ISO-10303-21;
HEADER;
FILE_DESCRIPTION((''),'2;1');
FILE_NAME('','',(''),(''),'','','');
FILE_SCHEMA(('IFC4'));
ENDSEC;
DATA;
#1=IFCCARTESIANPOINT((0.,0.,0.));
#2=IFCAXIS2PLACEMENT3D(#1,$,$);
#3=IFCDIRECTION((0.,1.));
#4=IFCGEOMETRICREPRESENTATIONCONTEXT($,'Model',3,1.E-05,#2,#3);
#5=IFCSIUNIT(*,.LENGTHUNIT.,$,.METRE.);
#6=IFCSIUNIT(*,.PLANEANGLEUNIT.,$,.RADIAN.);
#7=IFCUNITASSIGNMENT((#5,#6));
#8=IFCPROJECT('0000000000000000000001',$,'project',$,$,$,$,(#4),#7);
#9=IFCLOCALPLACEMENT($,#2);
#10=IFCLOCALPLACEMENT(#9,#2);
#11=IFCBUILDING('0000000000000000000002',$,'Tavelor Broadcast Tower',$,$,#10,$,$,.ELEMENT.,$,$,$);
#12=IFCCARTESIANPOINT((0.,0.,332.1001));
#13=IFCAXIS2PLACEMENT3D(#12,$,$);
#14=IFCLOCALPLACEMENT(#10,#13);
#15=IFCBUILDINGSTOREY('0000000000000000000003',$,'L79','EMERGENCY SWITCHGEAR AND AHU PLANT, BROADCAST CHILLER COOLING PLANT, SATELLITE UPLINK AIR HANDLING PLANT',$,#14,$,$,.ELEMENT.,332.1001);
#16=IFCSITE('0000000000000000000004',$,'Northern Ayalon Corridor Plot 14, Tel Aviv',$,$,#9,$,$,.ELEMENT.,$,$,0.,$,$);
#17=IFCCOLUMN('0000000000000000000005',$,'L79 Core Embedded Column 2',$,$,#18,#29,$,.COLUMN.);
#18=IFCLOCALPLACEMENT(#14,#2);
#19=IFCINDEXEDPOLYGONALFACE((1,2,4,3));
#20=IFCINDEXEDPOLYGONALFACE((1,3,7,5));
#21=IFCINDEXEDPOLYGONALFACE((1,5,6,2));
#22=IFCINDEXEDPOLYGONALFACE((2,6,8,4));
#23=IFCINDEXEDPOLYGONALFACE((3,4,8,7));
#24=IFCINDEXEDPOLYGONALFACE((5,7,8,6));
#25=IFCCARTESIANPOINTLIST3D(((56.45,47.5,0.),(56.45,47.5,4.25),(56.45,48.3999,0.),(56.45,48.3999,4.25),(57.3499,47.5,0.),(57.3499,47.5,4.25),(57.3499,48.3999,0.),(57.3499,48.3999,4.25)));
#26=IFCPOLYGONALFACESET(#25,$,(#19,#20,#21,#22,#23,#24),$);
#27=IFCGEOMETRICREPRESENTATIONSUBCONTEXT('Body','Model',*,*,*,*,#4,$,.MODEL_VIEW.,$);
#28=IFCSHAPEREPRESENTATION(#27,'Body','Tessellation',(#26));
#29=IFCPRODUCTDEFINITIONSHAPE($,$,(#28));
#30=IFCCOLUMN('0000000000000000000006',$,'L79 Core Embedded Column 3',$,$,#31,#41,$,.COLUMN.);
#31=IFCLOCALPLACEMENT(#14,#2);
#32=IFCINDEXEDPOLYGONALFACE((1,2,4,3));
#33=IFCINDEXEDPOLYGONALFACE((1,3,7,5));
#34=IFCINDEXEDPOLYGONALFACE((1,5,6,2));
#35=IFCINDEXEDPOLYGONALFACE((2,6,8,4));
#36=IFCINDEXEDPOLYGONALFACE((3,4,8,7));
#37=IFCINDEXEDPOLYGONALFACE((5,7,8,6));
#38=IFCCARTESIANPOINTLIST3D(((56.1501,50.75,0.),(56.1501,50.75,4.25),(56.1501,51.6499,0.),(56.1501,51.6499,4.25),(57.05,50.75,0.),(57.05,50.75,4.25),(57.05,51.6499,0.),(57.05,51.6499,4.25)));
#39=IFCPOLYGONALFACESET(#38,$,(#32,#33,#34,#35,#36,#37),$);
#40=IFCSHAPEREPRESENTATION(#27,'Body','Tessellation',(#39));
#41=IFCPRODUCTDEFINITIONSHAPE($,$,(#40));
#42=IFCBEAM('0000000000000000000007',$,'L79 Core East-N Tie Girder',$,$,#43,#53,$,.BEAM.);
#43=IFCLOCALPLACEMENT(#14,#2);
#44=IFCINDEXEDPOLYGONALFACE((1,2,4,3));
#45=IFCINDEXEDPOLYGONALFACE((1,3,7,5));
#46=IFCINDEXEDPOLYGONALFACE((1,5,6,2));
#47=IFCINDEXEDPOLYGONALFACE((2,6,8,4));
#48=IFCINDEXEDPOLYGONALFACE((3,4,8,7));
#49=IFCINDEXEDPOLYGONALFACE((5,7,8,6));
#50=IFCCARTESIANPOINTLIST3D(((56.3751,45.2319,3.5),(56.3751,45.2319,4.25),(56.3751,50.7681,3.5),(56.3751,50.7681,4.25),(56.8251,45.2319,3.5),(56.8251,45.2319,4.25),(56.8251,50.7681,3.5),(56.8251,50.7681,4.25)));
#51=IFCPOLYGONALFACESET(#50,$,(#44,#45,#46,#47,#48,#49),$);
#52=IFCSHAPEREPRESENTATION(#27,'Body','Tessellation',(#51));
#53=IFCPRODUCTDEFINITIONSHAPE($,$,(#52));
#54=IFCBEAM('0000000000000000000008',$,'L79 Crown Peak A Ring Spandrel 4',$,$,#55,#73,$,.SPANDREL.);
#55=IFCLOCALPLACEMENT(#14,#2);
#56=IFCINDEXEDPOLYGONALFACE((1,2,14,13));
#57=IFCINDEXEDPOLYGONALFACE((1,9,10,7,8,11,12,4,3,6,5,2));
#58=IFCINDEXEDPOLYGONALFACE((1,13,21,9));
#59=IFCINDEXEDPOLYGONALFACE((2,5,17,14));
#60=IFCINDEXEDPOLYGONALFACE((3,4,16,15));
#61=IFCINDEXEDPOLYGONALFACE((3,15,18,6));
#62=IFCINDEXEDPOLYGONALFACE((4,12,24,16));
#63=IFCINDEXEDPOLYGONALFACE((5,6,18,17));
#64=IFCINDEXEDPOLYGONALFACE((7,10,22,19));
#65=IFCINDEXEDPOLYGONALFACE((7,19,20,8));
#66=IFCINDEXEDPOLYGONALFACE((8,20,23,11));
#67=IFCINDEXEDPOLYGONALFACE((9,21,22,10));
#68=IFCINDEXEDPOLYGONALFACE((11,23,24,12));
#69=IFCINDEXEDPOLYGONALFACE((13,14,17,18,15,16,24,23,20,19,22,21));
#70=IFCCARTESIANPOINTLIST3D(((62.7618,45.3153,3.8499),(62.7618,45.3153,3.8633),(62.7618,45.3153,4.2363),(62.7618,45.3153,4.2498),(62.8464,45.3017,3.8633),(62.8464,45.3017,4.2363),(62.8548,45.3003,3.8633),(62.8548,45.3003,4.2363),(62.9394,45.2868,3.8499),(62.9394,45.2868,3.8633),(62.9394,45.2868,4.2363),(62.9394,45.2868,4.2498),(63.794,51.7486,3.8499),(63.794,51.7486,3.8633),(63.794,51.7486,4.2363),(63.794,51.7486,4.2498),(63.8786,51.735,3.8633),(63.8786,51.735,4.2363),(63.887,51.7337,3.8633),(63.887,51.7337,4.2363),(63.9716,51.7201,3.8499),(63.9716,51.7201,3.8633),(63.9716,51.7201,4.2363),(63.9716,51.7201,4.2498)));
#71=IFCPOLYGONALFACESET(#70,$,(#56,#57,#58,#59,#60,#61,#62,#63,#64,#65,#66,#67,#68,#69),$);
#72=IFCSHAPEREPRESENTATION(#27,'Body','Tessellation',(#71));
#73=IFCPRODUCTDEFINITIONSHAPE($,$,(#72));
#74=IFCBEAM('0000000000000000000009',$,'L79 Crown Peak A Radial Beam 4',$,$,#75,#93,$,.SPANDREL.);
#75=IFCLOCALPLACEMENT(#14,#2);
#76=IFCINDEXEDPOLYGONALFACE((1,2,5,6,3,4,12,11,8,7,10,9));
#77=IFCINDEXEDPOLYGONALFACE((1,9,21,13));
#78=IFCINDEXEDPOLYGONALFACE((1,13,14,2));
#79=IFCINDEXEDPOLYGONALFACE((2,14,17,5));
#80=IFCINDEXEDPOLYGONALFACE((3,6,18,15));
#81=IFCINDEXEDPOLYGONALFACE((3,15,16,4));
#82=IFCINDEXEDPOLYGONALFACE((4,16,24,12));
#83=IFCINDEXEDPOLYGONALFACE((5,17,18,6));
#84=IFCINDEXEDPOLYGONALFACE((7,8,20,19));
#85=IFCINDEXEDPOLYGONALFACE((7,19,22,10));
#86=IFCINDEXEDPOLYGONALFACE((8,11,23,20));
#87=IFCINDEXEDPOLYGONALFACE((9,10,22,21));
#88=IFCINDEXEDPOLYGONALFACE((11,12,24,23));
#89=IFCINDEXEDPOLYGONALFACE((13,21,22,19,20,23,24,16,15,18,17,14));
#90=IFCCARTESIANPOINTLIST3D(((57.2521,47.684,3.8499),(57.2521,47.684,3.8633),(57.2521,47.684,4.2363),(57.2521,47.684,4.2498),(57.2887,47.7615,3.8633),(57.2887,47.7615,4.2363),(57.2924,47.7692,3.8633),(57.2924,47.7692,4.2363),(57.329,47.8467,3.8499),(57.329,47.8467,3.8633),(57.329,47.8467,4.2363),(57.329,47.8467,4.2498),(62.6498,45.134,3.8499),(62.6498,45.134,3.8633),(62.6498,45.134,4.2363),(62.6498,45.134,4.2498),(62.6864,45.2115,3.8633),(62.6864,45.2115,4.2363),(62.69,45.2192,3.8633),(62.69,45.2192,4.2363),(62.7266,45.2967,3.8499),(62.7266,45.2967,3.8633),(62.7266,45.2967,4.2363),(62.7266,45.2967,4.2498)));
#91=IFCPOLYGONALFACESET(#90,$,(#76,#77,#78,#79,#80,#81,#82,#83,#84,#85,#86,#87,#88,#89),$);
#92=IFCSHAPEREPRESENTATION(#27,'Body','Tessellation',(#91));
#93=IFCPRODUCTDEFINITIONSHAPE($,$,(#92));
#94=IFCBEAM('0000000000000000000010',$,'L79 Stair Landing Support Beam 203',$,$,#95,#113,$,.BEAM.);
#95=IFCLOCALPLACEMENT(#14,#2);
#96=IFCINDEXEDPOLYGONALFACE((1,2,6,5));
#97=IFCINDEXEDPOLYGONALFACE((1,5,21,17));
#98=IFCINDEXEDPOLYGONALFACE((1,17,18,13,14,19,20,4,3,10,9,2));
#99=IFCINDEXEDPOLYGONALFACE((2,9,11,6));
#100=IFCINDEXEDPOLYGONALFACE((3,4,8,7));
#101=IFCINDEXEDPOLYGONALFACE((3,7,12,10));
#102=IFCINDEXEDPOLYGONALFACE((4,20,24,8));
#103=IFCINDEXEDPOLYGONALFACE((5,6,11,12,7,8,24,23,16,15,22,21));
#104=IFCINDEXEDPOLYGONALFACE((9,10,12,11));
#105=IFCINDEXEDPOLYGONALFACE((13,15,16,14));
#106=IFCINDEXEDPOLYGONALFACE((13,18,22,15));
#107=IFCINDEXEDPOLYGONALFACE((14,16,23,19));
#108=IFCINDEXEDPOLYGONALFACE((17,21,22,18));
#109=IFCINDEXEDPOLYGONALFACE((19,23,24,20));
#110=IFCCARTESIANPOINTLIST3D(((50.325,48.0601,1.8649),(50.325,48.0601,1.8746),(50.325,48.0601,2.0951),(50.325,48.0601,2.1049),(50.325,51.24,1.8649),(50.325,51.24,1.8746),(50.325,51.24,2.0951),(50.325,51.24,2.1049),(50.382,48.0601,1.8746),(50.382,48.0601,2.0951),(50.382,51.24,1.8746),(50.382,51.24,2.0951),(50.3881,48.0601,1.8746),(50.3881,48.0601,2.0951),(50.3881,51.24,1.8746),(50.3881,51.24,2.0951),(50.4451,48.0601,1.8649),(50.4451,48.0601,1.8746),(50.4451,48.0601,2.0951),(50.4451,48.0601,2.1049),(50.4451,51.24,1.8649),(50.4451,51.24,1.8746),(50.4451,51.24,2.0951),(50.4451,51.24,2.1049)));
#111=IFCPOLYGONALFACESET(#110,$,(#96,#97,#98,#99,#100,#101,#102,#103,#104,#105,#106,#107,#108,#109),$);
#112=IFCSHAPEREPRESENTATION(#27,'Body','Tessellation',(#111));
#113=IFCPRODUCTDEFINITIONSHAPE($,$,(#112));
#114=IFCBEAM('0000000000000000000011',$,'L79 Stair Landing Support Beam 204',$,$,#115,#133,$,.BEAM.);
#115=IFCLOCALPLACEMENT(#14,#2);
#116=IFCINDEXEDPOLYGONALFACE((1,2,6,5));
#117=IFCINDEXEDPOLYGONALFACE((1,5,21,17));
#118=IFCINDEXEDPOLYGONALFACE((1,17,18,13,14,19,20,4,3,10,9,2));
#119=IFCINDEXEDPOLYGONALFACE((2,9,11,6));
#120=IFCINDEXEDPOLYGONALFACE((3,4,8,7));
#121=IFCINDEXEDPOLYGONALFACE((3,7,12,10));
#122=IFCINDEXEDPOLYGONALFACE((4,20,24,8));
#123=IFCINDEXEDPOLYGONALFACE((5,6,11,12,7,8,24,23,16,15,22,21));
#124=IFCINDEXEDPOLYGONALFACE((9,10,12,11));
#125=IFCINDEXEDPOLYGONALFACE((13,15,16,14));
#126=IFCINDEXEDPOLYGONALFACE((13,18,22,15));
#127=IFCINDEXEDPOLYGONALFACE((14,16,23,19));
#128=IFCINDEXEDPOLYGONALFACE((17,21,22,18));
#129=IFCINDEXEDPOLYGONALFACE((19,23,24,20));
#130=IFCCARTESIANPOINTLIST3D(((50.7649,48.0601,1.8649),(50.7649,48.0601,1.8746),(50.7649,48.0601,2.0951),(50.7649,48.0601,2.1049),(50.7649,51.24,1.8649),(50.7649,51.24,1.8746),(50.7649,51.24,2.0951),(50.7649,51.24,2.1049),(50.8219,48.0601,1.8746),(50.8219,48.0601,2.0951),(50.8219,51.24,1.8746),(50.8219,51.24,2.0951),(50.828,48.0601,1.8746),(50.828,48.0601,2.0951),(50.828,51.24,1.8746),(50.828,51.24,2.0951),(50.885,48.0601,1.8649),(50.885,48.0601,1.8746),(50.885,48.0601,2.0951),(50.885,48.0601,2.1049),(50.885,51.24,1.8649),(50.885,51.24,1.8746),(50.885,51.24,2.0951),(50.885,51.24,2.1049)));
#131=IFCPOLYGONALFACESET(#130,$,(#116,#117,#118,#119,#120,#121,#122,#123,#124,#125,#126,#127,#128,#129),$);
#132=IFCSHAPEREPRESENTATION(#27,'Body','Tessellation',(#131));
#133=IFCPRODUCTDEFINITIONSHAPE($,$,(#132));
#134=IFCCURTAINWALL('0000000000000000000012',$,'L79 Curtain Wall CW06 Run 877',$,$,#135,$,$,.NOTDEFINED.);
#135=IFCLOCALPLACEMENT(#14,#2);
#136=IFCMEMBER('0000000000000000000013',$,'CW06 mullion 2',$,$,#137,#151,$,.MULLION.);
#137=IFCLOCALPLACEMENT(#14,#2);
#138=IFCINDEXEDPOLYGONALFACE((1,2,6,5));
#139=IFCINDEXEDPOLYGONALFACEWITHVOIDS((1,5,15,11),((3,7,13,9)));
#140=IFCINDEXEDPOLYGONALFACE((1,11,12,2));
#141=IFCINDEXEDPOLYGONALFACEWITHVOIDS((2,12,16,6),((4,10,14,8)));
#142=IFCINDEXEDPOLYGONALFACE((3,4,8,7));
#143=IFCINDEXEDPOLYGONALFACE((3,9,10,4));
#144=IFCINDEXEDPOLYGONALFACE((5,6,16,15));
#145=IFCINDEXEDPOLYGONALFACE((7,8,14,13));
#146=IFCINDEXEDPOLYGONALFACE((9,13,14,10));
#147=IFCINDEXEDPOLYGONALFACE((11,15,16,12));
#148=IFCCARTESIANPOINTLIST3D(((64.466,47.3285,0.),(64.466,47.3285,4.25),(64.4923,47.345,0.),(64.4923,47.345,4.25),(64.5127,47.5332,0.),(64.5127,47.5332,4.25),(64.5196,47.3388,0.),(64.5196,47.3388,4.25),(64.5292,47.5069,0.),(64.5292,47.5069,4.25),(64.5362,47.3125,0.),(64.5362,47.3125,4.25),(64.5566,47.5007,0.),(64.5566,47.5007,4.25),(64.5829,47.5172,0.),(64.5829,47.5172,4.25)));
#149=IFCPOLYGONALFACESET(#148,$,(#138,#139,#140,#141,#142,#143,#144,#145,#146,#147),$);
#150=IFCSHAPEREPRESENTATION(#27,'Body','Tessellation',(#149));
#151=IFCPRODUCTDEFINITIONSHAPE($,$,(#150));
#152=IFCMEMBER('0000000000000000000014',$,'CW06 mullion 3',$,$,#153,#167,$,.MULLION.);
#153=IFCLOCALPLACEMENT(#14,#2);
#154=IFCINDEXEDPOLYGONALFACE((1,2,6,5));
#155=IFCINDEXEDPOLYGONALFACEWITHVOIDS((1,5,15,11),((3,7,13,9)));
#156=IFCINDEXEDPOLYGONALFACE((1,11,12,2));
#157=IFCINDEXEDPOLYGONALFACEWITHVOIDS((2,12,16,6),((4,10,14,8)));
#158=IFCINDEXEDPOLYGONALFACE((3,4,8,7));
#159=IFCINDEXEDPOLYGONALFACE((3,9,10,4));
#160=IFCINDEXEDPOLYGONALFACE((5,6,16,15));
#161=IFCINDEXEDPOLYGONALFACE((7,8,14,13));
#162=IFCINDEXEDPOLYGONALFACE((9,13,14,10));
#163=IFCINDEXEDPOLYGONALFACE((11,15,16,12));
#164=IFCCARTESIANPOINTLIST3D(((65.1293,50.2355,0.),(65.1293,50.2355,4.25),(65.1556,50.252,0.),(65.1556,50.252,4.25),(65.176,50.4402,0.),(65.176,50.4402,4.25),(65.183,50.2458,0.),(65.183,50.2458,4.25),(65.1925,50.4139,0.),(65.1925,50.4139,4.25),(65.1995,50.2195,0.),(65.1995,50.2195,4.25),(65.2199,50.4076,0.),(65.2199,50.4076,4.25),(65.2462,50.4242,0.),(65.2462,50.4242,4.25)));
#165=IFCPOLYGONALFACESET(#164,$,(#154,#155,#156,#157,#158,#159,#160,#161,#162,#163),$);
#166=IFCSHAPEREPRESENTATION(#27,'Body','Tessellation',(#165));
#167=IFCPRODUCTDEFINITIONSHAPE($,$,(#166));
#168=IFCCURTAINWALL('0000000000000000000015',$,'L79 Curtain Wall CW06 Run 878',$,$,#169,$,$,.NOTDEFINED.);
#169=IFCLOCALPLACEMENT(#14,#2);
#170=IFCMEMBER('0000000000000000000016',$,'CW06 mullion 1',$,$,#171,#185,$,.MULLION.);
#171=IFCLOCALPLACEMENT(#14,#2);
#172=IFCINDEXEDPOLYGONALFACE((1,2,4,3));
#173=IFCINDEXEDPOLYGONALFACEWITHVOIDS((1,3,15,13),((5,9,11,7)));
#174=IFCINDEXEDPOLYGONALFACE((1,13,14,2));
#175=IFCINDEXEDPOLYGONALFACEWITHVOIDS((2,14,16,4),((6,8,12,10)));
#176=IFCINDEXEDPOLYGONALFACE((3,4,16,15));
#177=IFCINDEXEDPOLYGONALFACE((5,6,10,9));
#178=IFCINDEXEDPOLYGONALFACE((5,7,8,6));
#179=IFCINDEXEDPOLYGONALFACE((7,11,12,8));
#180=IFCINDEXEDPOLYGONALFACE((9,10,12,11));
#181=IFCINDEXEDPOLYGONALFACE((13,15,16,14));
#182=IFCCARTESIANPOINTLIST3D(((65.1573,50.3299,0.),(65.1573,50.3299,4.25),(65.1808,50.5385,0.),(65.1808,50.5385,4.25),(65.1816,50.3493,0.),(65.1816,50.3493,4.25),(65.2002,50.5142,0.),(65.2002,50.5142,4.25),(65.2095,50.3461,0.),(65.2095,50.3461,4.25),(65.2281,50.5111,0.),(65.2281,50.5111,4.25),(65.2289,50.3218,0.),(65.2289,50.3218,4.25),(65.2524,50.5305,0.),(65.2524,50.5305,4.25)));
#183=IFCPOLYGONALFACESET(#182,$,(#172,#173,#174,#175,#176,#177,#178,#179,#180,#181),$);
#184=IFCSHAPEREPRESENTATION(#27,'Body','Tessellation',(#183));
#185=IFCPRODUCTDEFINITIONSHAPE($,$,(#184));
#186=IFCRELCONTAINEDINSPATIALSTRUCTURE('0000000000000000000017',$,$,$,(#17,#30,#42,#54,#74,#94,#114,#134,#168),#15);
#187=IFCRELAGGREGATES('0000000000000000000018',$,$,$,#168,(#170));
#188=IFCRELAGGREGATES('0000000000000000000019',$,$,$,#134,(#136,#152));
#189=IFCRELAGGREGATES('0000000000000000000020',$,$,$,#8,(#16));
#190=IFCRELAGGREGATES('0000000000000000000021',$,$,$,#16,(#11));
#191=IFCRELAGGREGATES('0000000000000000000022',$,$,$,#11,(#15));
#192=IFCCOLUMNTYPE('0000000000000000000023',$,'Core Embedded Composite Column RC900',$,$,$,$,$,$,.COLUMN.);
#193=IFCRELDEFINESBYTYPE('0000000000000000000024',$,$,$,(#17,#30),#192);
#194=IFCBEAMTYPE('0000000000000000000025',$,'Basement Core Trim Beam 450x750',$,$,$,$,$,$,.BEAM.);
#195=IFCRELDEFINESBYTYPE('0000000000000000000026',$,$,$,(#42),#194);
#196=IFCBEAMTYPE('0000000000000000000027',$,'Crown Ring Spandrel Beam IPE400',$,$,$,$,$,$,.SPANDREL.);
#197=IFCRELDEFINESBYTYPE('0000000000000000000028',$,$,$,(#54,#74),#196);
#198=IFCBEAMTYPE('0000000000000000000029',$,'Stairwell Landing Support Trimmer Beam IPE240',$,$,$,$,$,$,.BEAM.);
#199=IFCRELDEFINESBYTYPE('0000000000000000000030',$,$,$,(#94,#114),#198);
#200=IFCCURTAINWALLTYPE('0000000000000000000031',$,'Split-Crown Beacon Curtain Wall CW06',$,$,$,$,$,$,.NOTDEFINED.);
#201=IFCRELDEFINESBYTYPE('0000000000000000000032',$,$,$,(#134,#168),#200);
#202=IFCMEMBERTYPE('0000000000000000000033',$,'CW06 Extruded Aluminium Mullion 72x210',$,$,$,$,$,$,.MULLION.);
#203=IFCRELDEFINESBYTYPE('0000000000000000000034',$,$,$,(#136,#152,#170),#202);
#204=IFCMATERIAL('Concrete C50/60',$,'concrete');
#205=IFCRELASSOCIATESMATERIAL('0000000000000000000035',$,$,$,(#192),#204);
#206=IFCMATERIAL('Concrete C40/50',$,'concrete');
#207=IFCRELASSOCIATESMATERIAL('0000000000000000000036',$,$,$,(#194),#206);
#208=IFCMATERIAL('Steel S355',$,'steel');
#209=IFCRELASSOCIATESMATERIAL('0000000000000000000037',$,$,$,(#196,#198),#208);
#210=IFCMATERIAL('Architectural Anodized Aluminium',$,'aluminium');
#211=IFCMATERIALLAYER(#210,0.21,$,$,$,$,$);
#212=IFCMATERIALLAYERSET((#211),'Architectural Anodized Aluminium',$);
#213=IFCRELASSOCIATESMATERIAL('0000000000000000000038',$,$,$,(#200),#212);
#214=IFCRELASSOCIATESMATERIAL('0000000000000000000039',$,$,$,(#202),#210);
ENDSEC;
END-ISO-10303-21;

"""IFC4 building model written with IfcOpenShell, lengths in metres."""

from ifc_helpers import new_model, si_unit, direction, frame, origin, origin_2d, place, context, subcontext, project, spatial, rectangle, hollow_rectangle, i_section, extrude, source, transform, mapped, material, layer, layer_set, material_profile, profile_set, type_object, type_shapes, element, aggregate, save


model = new_model("IFC4")

# Units and contexts
model_context = context("Model", 3, precision=1e-05, world=origin(), true_north=direction((0.0, 1.0)))
body_context = subcontext(model_context, "Body", "Model", "MODEL_VIEW")
ifc_project = project(units=[si_unit("LENGTHUNIT", "METRE"), si_unit("PLANEANGLEUNIT", "RADIAN")], contexts=[model_context])

# Site, building, storey
site_placement = place(None, origin())
site = spatial("IfcSite", under=ifc_project, at=site_placement, Name="Northern Ayalon Corridor Plot 14, Tel Aviv", CompositionType="ELEMENT", RefElevation=0.0)
building_placement = place(site_placement, origin())
building = spatial("IfcBuilding", under=site, at=building_placement, Name="Tavelor Broadcast Tower", CompositionType="ELEMENT")
storey_placement = place(building_placement, frame((0.0, 0.0, 332.1001)))
storey = spatial("IfcBuildingStorey", under=building, at=storey_placement, Name="L79", Description="EMERGENCY SWITCHGEAR AND AHU PLANT, BROADCAST CHILLER COOLING PLANT, SATELLITE UPLINK AIR HANDLING PLANT", CompositionType="ELEMENT", Elevation=332.1001)

# Columns
ifc_material_1 = material(Name="Concrete C50/60", Category="concrete")
ifc_material_profile_1 = material_profile(ifc_material_1, rectangle(XDim=0.8999, YDim=0.8999, at=origin_2d()), Name="RC 900x900")
ifc_profile_set_1 = profile_set([ifc_material_profile_1], Name="Concrete C50/60")
column_type = type_object("IfcColumnType", Name="Core Embedded Composite Column RC900", PredefinedType="COLUMN", material=ifc_profile_set_1)
for number, where, z_axis, x_axis, name in (
    (1, (56.8999, 47.95, 0.0), (0.0, 0.0, 1.0), (1.0, 0.0, 0.0), "L79 Core Embedded Column 2"),
    (2, (56.6001, 51.2, 0.0), (0.0, 0.0, 1.0), (1.0, 0.0, 0.0), "L79 Core Embedded Column 3"),
):
    element("IfcColumn", number, at=place(storey_placement, frame(where, z_axis=z_axis, x_axis=x_axis)), inside=storey, type_object=column_type, Name=name, PredefinedType="COLUMN", context=body_context, shape_type="SweptSolid", body=[
        extrude(rectangle(XDim=0.8999, YDim=0.8999, at=origin_2d()), origin(), (0.0, 0.0, 1.0), 4.25),
    ])

# Beams
ifc_material_2 = material(Name="Concrete C40/50", Category="concrete")
ifc_material_profile_2 = material_profile(ifc_material_2, rectangle(XDim=0.45, YDim=0.75, at=origin_2d()), Name="RC 450x750")
ifc_profile_set_2 = profile_set([ifc_material_profile_2], Name="Concrete C40/50")
beam_type_1 = type_object("IfcBeamType", Name="Basement Core Trim Beam 450x750", PredefinedType="BEAM", material=ifc_profile_set_2)
beam_1_placement = place(storey_placement, frame((56.6001, 45.2319, 3.875), z_axis=(0.0, 1.0, 0.0), x_axis=(-1.0, 0.0, 0.0)))
element("IfcBeam", 3, at=beam_1_placement, inside=storey, type_object=beam_type_1, Name="L79 Core East-N Tie Girder", PredefinedType="BEAM", context=body_context, shape_type="SweptSolid", body=[
    extrude(rectangle(XDim=0.45, YDim=0.75, at=origin_2d()), origin(), (0.0, 0.0, 1.0), 5.5361),
])
ifc_material_3 = material(Name="Steel S355", Category="steel")
ifc_material_profile_3 = material_profile(ifc_material_3, i_section(OverallWidth=0.1799, OverallDepth=0.3999, WebThickness=0.0085, FlangeThickness=0.0134, at=origin_2d()), Name="IPE 400")
ifc_profile_set_3 = profile_set([ifc_material_profile_3], Name="Steel S355")
beam_type_2 = type_object("IfcBeamType", Name="Crown Ring Spandrel Beam IPE400", PredefinedType="SPANDREL", material=ifc_profile_set_3)
beam_2_placement = place(storey_placement, frame((62.8506, 45.301, 4.0498), z_axis=(0.158423, 0.987371, 0.0), x_axis=(-0.987371, 0.158423, 0.0)))
element("IfcBeam", 4, at=beam_2_placement, inside=storey, type_object=beam_type_2, Name="L79 Crown Peak A Ring Spandrel 4", PredefinedType="SPANDREL", context=body_context, shape_type="SweptSolid", body=[
    extrude(i_section(OverallWidth=0.1799, OverallDepth=0.3999, WebThickness=0.0085, FlangeThickness=0.0134, at=origin_2d()), origin(), (0.0, 0.0, 1.0), 6.5156),
])
beam_3_placement = place(storey_placement, frame((57.2905, 47.7654, 4.0498), z_axis=(0.904175, -0.427161, 0.0), x_axis=(0.427161, 0.904175, 0.0)))
element("IfcBeam", 5, at=beam_3_placement, inside=storey, type_object=beam_type_2, Name="L79 Crown Peak A Radial Beam 4", PredefinedType="SPANDREL", context=body_context, shape_type="SweptSolid", body=[
    extrude(i_section(OverallWidth=0.1799, OverallDepth=0.3999, WebThickness=0.0085, FlangeThickness=0.0134, at=origin_2d()), origin(), (0.0, 0.0, 1.0), 5.9697),
])
ifc_material_profile_4 = material_profile(ifc_material_3, i_section(OverallWidth=0.1201, OverallDepth=0.24, WebThickness=0.0061, FlangeThickness=0.0098, at=origin_2d()), Name="IPE 240")
ifc_profile_set_4 = profile_set([ifc_material_profile_4], Name="Steel S355")
beam_type_3 = type_object("IfcBeamType", Name="Stairwell Landing Support Trimmer Beam IPE240", PredefinedType="BEAM", material=ifc_profile_set_4)
for number, where, z_axis, x_axis, name in (
    (6, (50.385, 48.0601, 1.9849), (0.0, 1.0, 0.0), (-1.0, 0.0, 0.0), "L79 Stair Landing Support Beam 203"),
    (7, (50.825, 48.0601, 1.9849), (0.0, 1.0, 0.0), (-1.0, 0.0, 0.0), "L79 Stair Landing Support Beam 204"),
):
    element("IfcBeam", number, at=place(storey_placement, frame(where, z_axis=z_axis, x_axis=x_axis)), inside=storey, type_object=beam_type_3, Name=name, PredefinedType="BEAM", context=body_context, shape_type="SweptSolid", body=[
        extrude(i_section(OverallWidth=0.1201, OverallDepth=0.24, WebThickness=0.0061, FlangeThickness=0.0098, at=origin_2d()), origin(), (0.0, 0.0, 1.0), 3.1799),
    ])

# Curtain wall, members
ifc_material_4 = material(Name="Architectural Anodized Aluminium", Category="aluminium")
ifc_layer_1 = layer(ifc_material_4, 0.21)
ifc_layer_set_1 = layer_set([ifc_layer_1], Name="Architectural Anodized Aluminium")
curtain_wall_type = type_object("IfcCurtainWallType", Name="Split-Crown Beacon Curtain Wall CW06", PredefinedType="NOTDEFINED", material=ifc_layer_set_1)
curtain_wall_1_placement = place(storey_placement, origin())
curtain_wall_1 = element("IfcCurtainWall", 8, at=curtain_wall_1_placement, inside=storey, type_object=curtain_wall_type, Name="L79 Curtain Wall CW06 Run 877", PredefinedType="NOTDEFINED")
ifc_material_profile_5 = material_profile(ifc_material_4, hollow_rectangle(XDim=0.072, YDim=0.21, WallThickness=0.022, at=origin_2d()), Name="RHS 72x210x22")
ifc_profile_set_5 = profile_set([ifc_material_profile_5], Name="Architectural Anodized Aluminium")
member_type_1 = type_object("IfcMemberType", Name="CW06 Extruded Aluminium Mullion 72x210", PredefinedType="MULLION", material=ifc_profile_set_5)
shared_shape_1 = source(origin(), body_context, "Body", "SweptSolid", [
    extrude(hollow_rectangle(XDim=0.072, YDim=0.21, WallThickness=0.022, at=origin_2d()), origin(), (0.0, 0.0, 1.0), 4.25),
])
type_shapes(member_type_1, [shared_shape_1])
member_1_placement = place(storey_placement, frame((64.5244, 47.4229, 0.0), z_axis=(0.0, 0.0, 1.0), x_axis=(-0.974949, 0.222429, 0.0)))
member_1 = element("IfcMember", 9, at=member_1_placement, type_object=member_type_1, Name="CW06 mullion 2", PredefinedType="MULLION", context=body_context, shape_type="MappedRepresentation", body=[
    mapped(shared_shape_1, transform((0.0, 0.0, 0.0), scale=1.0)),
])
member_2_placement = place(storey_placement, frame((65.1877, 50.3298, 0.0), z_axis=(0.0, 0.0, 1.0), x_axis=(-0.974949, 0.222429, 0.0)))
member_2 = element("IfcMember", 10, at=member_2_placement, type_object=member_type_1, Name="CW06 mullion 3", PredefinedType="MULLION", context=body_context, shape_type="MappedRepresentation", body=[
    mapped(shared_shape_1, transform((0.0, 0.0, 0.0), scale=1.0)),
])

# Curtain wall, member
curtain_wall_2_placement = place(storey_placement, origin())
curtain_wall_2 = element("IfcCurtainWall", 11, at=curtain_wall_2_placement, inside=storey, type_object=curtain_wall_type, Name="L79 Curtain Wall CW06 Run 878", PredefinedType="NOTDEFINED")
member_3_placement = place(storey_placement, frame((65.2048, 50.4302, 0.0), z_axis=(0.0, 0.0, 1.0), x_axis=(-0.993728, 0.111821, 0.0)))
member_3 = element("IfcMember", 12, at=member_3_placement, type_object=member_type_1, Name="CW06 mullion 1", PredefinedType="MULLION", context=body_context, shape_type="MappedRepresentation", body=[
    mapped(shared_shape_1, transform((0.0, 0.0, 0.0), scale=1.0)),
])

aggregate(curtain_wall_2, [member_3])

aggregate(curtain_wall_1, [member_1, member_2])

save(model, "model.ifc")
